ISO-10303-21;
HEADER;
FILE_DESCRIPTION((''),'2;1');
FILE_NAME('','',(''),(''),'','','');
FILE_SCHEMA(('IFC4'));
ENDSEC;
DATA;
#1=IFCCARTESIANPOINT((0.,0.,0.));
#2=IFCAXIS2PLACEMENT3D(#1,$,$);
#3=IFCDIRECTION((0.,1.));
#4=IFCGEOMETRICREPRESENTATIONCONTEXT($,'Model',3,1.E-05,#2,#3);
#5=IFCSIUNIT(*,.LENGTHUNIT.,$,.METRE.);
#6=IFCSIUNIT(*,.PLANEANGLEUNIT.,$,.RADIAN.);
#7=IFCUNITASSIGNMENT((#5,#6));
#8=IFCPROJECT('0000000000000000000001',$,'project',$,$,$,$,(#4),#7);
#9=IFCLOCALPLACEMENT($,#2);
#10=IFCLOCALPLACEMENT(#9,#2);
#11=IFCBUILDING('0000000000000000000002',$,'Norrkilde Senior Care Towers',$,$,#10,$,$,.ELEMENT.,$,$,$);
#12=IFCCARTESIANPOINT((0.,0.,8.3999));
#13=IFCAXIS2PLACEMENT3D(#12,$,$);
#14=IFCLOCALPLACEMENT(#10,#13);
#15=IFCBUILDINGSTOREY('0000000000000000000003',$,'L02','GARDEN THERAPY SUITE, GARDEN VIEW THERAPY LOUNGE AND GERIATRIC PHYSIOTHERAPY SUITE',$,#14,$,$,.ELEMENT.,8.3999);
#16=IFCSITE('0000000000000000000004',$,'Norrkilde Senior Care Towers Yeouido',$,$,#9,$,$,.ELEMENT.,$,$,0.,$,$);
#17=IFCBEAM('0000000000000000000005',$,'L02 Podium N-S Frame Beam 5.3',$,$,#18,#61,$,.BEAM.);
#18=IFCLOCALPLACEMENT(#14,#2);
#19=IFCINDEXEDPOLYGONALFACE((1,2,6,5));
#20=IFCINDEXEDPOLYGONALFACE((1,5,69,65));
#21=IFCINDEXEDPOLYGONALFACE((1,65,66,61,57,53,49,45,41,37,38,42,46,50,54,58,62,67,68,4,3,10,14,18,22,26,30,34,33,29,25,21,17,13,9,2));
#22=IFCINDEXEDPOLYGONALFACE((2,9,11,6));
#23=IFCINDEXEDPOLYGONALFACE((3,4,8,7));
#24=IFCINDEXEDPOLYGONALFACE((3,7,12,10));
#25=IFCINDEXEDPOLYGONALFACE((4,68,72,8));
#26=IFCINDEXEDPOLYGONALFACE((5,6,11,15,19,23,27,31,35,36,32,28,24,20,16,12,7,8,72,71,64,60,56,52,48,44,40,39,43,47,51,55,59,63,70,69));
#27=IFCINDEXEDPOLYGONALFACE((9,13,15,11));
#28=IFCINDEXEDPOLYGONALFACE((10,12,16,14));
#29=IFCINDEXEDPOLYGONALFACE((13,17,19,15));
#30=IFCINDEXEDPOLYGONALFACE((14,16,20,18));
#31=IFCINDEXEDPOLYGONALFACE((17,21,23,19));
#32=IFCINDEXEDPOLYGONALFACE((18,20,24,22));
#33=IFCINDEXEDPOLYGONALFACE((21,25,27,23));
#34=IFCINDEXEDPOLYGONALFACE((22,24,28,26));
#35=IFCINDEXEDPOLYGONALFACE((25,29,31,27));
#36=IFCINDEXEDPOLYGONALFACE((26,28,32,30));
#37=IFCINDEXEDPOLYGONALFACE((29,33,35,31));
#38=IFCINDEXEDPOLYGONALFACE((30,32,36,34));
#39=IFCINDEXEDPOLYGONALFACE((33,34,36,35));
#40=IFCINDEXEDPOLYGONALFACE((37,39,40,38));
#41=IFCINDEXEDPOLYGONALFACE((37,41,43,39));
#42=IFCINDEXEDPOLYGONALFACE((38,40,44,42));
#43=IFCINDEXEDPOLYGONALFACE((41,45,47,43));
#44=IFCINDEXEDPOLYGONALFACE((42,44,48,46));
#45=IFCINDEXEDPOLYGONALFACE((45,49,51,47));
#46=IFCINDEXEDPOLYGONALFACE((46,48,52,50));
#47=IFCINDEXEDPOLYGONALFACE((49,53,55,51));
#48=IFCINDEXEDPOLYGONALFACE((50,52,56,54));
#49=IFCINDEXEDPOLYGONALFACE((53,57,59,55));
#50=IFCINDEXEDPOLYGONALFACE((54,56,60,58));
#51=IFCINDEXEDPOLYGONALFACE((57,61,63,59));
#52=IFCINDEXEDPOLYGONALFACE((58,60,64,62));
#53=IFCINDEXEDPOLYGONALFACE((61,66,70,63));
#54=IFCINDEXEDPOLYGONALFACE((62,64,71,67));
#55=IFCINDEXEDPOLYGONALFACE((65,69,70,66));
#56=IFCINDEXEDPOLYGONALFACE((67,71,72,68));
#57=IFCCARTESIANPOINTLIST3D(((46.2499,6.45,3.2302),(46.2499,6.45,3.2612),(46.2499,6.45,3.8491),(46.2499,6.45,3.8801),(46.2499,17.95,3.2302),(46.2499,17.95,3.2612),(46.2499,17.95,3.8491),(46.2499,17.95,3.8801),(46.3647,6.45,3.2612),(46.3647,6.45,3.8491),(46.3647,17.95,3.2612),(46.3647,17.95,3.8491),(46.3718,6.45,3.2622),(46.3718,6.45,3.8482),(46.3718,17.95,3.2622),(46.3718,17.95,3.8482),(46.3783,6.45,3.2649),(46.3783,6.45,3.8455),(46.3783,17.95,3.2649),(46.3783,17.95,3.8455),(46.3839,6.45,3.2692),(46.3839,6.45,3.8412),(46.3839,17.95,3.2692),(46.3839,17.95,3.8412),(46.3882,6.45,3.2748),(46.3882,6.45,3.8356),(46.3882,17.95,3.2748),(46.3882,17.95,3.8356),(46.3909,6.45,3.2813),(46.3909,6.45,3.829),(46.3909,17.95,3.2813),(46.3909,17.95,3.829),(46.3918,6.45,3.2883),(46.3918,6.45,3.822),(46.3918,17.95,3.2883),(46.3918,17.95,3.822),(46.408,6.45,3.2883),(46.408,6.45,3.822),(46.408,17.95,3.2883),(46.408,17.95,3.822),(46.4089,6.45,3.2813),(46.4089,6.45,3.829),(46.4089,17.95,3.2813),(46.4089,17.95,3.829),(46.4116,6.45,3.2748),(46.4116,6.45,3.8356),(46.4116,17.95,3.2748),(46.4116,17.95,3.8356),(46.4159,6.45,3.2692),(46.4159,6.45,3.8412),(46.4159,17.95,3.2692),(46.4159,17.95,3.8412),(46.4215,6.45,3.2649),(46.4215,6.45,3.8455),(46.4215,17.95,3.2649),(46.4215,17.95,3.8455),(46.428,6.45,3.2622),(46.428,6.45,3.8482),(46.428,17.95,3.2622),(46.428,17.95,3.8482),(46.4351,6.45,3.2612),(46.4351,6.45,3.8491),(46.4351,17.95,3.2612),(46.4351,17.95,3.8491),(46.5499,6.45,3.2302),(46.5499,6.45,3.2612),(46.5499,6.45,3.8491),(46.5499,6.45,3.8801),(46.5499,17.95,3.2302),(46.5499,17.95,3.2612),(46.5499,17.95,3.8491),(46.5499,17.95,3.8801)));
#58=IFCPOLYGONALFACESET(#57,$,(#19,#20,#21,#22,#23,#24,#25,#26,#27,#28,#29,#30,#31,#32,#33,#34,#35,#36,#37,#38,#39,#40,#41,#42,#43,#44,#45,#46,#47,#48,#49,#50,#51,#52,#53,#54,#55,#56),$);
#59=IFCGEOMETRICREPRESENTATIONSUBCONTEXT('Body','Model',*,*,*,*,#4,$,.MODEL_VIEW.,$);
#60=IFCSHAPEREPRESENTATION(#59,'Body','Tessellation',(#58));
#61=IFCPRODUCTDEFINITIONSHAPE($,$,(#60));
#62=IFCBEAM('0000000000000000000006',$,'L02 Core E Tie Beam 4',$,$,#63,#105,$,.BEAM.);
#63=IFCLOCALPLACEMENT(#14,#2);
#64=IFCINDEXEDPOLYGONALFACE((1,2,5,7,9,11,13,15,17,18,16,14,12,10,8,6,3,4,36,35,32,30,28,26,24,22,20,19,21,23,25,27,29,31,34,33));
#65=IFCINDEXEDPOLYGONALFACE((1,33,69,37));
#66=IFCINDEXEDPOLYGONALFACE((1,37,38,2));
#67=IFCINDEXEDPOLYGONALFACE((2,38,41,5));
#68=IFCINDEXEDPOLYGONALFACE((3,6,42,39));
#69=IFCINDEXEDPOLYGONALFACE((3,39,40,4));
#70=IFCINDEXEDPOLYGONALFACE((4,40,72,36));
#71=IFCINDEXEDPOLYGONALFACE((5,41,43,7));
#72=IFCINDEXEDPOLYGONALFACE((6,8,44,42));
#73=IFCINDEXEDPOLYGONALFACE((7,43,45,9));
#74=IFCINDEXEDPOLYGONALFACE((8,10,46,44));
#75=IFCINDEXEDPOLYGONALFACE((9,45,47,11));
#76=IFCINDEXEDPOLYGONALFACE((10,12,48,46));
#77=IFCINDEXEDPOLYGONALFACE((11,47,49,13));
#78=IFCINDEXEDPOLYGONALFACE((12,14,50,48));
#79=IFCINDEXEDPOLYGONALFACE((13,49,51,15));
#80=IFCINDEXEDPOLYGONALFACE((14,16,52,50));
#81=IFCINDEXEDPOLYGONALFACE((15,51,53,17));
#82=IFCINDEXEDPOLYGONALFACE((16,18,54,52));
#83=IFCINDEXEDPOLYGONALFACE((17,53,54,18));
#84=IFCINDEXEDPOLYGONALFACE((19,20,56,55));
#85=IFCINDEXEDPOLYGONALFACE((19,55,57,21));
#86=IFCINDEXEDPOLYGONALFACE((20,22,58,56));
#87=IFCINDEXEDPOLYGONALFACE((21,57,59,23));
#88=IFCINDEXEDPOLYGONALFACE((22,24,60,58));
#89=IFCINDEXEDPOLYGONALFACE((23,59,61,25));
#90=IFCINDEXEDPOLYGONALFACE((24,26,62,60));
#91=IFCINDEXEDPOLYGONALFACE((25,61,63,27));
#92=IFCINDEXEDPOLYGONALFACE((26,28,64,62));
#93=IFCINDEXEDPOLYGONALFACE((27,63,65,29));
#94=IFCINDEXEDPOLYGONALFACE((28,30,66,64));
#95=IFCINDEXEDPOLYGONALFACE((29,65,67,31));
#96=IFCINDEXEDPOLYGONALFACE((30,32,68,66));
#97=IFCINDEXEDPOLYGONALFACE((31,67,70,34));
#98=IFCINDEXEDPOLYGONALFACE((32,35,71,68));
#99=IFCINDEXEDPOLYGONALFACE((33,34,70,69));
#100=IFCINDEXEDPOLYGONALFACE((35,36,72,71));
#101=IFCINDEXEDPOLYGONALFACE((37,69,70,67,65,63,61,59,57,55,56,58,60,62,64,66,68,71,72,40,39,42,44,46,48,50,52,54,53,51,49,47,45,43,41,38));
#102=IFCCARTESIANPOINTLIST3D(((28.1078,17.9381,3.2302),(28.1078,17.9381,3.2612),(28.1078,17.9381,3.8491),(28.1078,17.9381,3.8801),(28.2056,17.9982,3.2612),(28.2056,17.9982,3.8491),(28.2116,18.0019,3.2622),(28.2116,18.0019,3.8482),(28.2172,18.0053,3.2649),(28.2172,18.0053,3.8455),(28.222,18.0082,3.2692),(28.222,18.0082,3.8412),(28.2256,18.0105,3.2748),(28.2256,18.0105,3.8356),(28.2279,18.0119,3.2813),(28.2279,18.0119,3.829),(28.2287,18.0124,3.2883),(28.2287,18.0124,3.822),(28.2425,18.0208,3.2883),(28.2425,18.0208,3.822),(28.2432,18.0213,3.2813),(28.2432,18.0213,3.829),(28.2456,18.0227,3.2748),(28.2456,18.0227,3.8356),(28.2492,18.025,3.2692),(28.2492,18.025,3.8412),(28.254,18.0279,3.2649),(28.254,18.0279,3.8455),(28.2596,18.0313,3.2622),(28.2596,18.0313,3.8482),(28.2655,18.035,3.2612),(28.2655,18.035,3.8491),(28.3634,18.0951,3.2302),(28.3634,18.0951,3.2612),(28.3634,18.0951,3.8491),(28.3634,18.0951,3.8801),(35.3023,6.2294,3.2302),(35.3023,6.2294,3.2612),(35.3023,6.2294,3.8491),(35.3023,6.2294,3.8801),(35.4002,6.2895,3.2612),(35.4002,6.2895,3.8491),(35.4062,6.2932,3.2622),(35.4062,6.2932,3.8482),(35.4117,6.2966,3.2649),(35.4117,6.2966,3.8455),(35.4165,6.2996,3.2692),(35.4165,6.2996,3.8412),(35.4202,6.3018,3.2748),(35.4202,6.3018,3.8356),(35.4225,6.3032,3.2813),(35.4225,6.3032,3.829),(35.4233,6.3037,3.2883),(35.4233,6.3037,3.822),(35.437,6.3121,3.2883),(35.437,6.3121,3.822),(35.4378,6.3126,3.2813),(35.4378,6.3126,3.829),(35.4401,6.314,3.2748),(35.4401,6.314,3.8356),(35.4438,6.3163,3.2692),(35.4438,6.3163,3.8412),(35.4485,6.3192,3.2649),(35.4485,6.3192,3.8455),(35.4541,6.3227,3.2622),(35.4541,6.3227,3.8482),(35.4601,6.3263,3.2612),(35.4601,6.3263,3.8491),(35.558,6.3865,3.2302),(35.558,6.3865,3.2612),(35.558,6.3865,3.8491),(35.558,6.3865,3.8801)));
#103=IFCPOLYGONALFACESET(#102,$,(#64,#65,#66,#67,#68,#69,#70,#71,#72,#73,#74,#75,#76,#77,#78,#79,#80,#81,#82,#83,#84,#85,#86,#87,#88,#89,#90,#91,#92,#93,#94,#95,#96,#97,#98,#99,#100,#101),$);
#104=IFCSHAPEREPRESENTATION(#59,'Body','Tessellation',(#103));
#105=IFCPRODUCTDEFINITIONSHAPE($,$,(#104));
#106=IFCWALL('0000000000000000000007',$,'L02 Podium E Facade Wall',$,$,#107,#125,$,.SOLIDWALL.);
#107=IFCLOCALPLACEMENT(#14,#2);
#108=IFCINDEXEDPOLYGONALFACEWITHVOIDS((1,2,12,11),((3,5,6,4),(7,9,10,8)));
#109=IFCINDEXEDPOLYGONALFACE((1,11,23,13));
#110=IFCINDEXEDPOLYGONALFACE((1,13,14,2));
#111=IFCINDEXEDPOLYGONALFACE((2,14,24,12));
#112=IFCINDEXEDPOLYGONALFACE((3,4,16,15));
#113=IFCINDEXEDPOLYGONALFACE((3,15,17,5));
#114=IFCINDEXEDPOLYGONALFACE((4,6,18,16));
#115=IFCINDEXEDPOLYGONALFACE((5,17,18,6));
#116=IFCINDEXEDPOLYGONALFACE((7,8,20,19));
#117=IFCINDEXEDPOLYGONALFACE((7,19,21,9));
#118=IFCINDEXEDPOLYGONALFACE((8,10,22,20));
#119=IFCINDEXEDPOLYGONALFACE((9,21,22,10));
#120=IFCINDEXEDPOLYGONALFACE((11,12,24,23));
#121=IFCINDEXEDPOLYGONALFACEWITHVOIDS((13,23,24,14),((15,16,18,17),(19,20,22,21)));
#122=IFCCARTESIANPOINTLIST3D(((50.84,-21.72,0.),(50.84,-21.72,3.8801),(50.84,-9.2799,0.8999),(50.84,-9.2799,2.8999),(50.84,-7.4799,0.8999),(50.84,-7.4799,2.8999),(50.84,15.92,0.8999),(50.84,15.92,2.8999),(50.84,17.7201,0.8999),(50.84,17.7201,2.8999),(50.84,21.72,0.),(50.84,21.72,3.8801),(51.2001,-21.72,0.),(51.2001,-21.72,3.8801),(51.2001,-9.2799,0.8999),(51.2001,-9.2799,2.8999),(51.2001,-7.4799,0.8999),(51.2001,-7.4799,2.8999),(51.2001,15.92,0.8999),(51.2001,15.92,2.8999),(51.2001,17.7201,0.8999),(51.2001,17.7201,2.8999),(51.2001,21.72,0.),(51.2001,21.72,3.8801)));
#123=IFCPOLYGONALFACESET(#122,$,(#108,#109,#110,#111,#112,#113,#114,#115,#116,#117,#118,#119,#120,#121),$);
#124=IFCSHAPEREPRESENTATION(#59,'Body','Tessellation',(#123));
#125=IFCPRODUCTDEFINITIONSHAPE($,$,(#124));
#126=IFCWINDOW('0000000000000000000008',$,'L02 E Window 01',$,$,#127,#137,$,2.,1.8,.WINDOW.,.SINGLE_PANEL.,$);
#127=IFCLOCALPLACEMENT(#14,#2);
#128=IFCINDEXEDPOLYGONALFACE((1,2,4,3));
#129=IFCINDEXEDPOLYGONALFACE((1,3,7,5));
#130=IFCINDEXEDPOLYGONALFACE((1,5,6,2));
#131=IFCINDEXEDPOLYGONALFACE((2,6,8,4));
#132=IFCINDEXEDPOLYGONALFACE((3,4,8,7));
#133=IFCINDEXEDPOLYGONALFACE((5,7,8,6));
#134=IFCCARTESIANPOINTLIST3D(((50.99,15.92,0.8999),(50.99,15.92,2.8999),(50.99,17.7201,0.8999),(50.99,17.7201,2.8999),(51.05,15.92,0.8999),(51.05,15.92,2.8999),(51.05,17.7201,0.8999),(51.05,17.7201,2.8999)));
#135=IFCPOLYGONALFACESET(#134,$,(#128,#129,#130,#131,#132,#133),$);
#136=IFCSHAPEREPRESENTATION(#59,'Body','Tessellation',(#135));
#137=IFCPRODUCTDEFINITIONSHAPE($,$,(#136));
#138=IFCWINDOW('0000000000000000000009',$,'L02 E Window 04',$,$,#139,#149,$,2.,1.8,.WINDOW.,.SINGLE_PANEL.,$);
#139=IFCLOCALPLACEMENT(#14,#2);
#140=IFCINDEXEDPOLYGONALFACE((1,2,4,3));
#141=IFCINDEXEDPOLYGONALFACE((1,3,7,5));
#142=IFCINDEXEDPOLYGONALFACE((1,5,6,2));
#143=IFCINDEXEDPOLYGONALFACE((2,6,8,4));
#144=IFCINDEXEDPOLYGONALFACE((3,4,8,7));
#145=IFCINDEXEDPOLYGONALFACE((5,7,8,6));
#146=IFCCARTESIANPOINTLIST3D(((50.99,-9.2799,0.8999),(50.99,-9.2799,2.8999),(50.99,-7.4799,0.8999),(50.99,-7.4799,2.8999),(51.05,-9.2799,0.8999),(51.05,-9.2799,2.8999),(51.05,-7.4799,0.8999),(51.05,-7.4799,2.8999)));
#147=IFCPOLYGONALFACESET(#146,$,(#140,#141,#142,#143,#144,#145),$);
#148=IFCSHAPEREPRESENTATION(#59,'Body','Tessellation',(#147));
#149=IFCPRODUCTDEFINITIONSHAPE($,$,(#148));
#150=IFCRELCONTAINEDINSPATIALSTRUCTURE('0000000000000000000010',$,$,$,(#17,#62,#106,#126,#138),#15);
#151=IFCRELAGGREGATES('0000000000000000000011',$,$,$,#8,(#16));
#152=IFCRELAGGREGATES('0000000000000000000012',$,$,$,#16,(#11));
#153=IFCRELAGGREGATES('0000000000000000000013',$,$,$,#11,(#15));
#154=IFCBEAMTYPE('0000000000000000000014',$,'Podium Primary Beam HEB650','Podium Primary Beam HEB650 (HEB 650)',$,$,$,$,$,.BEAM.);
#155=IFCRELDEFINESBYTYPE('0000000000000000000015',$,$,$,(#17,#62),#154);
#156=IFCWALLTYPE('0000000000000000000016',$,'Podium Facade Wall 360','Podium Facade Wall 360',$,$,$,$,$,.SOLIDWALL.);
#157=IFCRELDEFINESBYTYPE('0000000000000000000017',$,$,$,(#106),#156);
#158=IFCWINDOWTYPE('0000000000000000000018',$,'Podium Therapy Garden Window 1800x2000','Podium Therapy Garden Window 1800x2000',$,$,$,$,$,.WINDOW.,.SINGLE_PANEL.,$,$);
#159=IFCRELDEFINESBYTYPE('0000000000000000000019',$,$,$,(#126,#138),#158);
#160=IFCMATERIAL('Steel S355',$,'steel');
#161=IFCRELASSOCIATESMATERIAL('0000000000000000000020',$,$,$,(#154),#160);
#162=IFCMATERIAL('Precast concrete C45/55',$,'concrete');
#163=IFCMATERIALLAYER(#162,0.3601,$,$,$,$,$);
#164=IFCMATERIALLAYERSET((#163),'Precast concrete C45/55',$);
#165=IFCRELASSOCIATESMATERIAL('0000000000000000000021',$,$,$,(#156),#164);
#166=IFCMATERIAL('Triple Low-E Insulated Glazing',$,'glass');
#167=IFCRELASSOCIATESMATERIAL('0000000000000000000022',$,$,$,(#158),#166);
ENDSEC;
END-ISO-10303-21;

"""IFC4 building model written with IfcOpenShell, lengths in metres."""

from ifc_helpers import new_model, si_unit, direction, frame, frame_2d, origin, origin_2d, place, context, subcontext, project, spatial, rectangle, i_section, extrude, source, transform, mapped, material, layer, layer_set, material_profile, profile_set, type_object, type_shapes, element, fill, save


model = new_model("IFC4")

# Units and contexts
model_context = context("Model", 3, precision=1e-05, world=origin(), true_north=direction((0.0, 1.0)))
body_context = subcontext(model_context, "Body", "Model", "MODEL_VIEW")
ifc_project = project(units=[si_unit("LENGTHUNIT", "METRE"), si_unit("PLANEANGLEUNIT", "RADIAN")], contexts=[model_context])

# Site, building, storey
site_placement = place(None, origin())
site = spatial("IfcSite", under=ifc_project, at=site_placement, Name="Norrkilde Senior Care Towers Yeouido", CompositionType="ELEMENT", RefElevation=0.0)
building_placement = place(site_placement, origin())
building = spatial("IfcBuilding", under=site, at=building_placement, Name="Norrkilde Senior Care Towers", CompositionType="ELEMENT")
storey_placement = place(building_placement, frame((0.0, 0.0, 8.3999)))
storey = spatial("IfcBuildingStorey", under=building, at=storey_placement, Name="L02", Description="GARDEN THERAPY SUITE, GARDEN VIEW THERAPY LOUNGE AND GERIATRIC PHYSIOTHERAPY SUITE", CompositionType="ELEMENT", Elevation=8.3999)

# Beams
ifc_material_1 = material(Name="Steel S355", Category="steel")
ifc_material_profile_1 = material_profile(ifc_material_1, i_section(OverallWidth=0.3, OverallDepth=0.6499, WebThickness=0.0161, FlangeThickness=0.031, FilletRadius=0.0271, at=origin_2d()), Name="HEB 650")
ifc_profile_set_1 = profile_set([ifc_material_profile_1], Name="Steel S355")
beam_type = type_object("IfcBeamType", Name="Podium Primary Beam HEB650", Description="Podium Primary Beam HEB650 (HEB 650)", PredefinedType="BEAM", material=ifc_profile_set_1)
shared_shape_1 = source(origin(), body_context, "Body", "SweptSolid", [
    extrude(i_section(OverallWidth=0.3, OverallDepth=0.6499, WebThickness=0.0161, FlangeThickness=0.031, FilletRadius=0.0271, at=origin_2d()), origin(), (0.0, 0.0, 1.0), 11.5),
])
beam_1_placement = place(storey_placement, frame((46.3999, 6.45, 3.5552), z_axis=(0.0, 1.0, 0.0), x_axis=(-1.0, 0.0, 0.0)))
element("IfcBeam", 1, at=beam_1_placement, inside=storey, type_object=beam_type, Name="L02 Podium N-S Frame Beam 5.3", PredefinedType="BEAM", context=body_context, shape_type="MappedRepresentation", body=[
    mapped(shared_shape_1, transform((0.0, 0.0, 0.0), x_axis=(1.0, 0.0, 0.0), y_axis=(0.0, 1.0, 0.0), z_axis=(0.0, 0.0, 1.0), scale=1.0)),
])
shared_shape_2 = source(origin(), body_context, "Body", "SweptSolid", [
    extrude(i_section(OverallWidth=0.3, OverallDepth=0.6499, WebThickness=0.0161, FlangeThickness=0.031, FilletRadius=0.0271, at=origin_2d()), origin(), (0.0, 0.0, 1.0), 13.7424),
])
beam_2_placement = place(storey_placement, frame((28.2356, 18.0166, 3.5552), z_axis=(0.523527, -0.852009, 0.0), x_axis=(0.852009, 0.523527, 0.0)))
element("IfcBeam", 2, at=beam_2_placement, inside=storey, type_object=beam_type, Name="L02 Core E Tie Beam 4", PredefinedType="BEAM", context=body_context, shape_type="MappedRepresentation", body=[
    mapped(shared_shape_2, transform((0.0, 0.0, 0.0), x_axis=(1.0, 0.0, 0.0), y_axis=(0.0, 1.0, 0.0), z_axis=(0.0, 0.0, 1.0), scale=1.0)),
])

# Wall, openings, windows
ifc_material_2 = material(Name="Precast concrete C45/55", Category="concrete")
ifc_layer_1 = layer(ifc_material_2, 0.3601)
ifc_layer_set_1 = layer_set([ifc_layer_1], Name="Precast concrete C45/55")
wall_type_1 = type_object("IfcWallType", Name="Podium Facade Wall 360", Description="Podium Facade Wall 360", PredefinedType="SOLIDWALL", material=ifc_layer_set_1)
shared_shape_3 = source(origin(), body_context, "Body", "SweptSolid", [
    extrude(rectangle(XDim=43.4399, YDim=0.3601, at=frame_2d((21.72, 0.0))), origin(), (0.0, 0.0, 1.0), 3.8801),
])
type_shapes(wall_type_1, [shared_shape_3])
wall_1_placement = place(storey_placement, frame((51.02, 21.72, 0.0), z_axis=(0.0, 0.0, 1.0), x_axis=(0.0, -1.0, 0.0)))
wall_1 = element("IfcWall", 3, at=wall_1_placement, inside=storey, type_object=wall_type_1, Name="L02 Podium E Facade Wall", PredefinedType="SOLIDWALL", context=body_context, shape_type="MappedRepresentation", body=[
    mapped(shared_shape_3, transform((0.0, 0.0, 0.0), x_axis=(1.0, 0.0, 0.0), y_axis=(0.0, 1.0, 0.0), z_axis=(0.0, 0.0, 1.0), scale=1.0)),
])
opening_1_placement = place(wall_1_placement, frame((4.0, 0.0, 0.8999)))
opening_1 = element("IfcOpeningElement", 4, at=opening_1_placement, cuts=wall_1, PredefinedType="OPENING", context=body_context, shape_type="SweptSolid", body=[
    extrude(rectangle(XDim=1.8, YDim=2.0, at=frame_2d((0.8999, 1.0))), frame((0.0, 0.1899, 0.0), z_axis=(0.0, -1.0, 0.0), x_axis=(1.0, 0.0, 0.0)), (0.0, 0.0, 1.0), 0.3801),
])
opening_2_placement = place(wall_1_placement, frame((29.2, 0.0, 0.8999)))
opening_2 = element("IfcOpeningElement", 5, at=opening_2_placement, cuts=wall_1, PredefinedType="OPENING", context=body_context, shape_type="SweptSolid", body=[
    extrude(rectangle(XDim=1.8, YDim=2.0, at=frame_2d((0.8999, 1.0))), frame((0.0, 0.1899, 0.0), z_axis=(0.0, -1.0, 0.0), x_axis=(1.0, 0.0, 0.0)), (0.0, 0.0, 1.0), 0.3801),
])
ifc_material_3 = material(Name="Triple Low-E Insulated Glazing", Category="glass")
window_type = type_object("IfcWindowType", Name="Podium Therapy Garden Window 1800x2000", Description="Podium Therapy Garden Window 1800x2000", PartitioningType="SINGLE_PANEL", PredefinedType="WINDOW", material=ifc_material_3)
shared_shape_4 = source(origin(), body_context, "Body", "SweptSolid", [
    extrude(rectangle(XDim=1.8, YDim=2.0, at=frame_2d((0.8999, 1.0))), frame((0.0, 0.03, 0.0), z_axis=(0.0, -1.0, 0.0), x_axis=(1.0, 0.0, 0.0)), (0.0, 0.0, 1.0), 0.0601),
])
type_shapes(window_type, [shared_shape_4])
window_1_placement = place(opening_1_placement, origin())
window_1 = element("IfcWindow", 6, at=window_1_placement, inside=storey, type_object=window_type, Name="L02 E Window 01", OverallHeight=2.0, OverallWidth=1.8, PartitioningType="SINGLE_PANEL", PredefinedType="WINDOW", context=body_context, shape_type="MappedRepresentation", body=[
    mapped(shared_shape_4, transform((0.0, 0.0, 0.0), x_axis=(1.0, 0.0, 0.0), y_axis=(0.0, 1.0, 0.0), z_axis=(0.0, 0.0, 1.0), scale=1.0)),
])
fill(opening_1, window_1)
window_2_placement = place(opening_2_placement, origin())
window_2 = element("IfcWindow", 7, at=window_2_placement, inside=storey, type_object=window_type, Name="L02 E Window 04", OverallHeight=2.0, OverallWidth=1.8, PartitioningType="SINGLE_PANEL", PredefinedType="WINDOW", context=body_context, shape_type="MappedRepresentation", body=[
    mapped(shared_shape_4, transform((0.0, 0.0, 0.0), x_axis=(1.0, 0.0, 0.0), y_axis=(0.0, 1.0, 0.0), z_axis=(0.0, 0.0, 1.0), scale=1.0)),
])
fill(opening_2, window_2)

save(model, "model.ifc")
